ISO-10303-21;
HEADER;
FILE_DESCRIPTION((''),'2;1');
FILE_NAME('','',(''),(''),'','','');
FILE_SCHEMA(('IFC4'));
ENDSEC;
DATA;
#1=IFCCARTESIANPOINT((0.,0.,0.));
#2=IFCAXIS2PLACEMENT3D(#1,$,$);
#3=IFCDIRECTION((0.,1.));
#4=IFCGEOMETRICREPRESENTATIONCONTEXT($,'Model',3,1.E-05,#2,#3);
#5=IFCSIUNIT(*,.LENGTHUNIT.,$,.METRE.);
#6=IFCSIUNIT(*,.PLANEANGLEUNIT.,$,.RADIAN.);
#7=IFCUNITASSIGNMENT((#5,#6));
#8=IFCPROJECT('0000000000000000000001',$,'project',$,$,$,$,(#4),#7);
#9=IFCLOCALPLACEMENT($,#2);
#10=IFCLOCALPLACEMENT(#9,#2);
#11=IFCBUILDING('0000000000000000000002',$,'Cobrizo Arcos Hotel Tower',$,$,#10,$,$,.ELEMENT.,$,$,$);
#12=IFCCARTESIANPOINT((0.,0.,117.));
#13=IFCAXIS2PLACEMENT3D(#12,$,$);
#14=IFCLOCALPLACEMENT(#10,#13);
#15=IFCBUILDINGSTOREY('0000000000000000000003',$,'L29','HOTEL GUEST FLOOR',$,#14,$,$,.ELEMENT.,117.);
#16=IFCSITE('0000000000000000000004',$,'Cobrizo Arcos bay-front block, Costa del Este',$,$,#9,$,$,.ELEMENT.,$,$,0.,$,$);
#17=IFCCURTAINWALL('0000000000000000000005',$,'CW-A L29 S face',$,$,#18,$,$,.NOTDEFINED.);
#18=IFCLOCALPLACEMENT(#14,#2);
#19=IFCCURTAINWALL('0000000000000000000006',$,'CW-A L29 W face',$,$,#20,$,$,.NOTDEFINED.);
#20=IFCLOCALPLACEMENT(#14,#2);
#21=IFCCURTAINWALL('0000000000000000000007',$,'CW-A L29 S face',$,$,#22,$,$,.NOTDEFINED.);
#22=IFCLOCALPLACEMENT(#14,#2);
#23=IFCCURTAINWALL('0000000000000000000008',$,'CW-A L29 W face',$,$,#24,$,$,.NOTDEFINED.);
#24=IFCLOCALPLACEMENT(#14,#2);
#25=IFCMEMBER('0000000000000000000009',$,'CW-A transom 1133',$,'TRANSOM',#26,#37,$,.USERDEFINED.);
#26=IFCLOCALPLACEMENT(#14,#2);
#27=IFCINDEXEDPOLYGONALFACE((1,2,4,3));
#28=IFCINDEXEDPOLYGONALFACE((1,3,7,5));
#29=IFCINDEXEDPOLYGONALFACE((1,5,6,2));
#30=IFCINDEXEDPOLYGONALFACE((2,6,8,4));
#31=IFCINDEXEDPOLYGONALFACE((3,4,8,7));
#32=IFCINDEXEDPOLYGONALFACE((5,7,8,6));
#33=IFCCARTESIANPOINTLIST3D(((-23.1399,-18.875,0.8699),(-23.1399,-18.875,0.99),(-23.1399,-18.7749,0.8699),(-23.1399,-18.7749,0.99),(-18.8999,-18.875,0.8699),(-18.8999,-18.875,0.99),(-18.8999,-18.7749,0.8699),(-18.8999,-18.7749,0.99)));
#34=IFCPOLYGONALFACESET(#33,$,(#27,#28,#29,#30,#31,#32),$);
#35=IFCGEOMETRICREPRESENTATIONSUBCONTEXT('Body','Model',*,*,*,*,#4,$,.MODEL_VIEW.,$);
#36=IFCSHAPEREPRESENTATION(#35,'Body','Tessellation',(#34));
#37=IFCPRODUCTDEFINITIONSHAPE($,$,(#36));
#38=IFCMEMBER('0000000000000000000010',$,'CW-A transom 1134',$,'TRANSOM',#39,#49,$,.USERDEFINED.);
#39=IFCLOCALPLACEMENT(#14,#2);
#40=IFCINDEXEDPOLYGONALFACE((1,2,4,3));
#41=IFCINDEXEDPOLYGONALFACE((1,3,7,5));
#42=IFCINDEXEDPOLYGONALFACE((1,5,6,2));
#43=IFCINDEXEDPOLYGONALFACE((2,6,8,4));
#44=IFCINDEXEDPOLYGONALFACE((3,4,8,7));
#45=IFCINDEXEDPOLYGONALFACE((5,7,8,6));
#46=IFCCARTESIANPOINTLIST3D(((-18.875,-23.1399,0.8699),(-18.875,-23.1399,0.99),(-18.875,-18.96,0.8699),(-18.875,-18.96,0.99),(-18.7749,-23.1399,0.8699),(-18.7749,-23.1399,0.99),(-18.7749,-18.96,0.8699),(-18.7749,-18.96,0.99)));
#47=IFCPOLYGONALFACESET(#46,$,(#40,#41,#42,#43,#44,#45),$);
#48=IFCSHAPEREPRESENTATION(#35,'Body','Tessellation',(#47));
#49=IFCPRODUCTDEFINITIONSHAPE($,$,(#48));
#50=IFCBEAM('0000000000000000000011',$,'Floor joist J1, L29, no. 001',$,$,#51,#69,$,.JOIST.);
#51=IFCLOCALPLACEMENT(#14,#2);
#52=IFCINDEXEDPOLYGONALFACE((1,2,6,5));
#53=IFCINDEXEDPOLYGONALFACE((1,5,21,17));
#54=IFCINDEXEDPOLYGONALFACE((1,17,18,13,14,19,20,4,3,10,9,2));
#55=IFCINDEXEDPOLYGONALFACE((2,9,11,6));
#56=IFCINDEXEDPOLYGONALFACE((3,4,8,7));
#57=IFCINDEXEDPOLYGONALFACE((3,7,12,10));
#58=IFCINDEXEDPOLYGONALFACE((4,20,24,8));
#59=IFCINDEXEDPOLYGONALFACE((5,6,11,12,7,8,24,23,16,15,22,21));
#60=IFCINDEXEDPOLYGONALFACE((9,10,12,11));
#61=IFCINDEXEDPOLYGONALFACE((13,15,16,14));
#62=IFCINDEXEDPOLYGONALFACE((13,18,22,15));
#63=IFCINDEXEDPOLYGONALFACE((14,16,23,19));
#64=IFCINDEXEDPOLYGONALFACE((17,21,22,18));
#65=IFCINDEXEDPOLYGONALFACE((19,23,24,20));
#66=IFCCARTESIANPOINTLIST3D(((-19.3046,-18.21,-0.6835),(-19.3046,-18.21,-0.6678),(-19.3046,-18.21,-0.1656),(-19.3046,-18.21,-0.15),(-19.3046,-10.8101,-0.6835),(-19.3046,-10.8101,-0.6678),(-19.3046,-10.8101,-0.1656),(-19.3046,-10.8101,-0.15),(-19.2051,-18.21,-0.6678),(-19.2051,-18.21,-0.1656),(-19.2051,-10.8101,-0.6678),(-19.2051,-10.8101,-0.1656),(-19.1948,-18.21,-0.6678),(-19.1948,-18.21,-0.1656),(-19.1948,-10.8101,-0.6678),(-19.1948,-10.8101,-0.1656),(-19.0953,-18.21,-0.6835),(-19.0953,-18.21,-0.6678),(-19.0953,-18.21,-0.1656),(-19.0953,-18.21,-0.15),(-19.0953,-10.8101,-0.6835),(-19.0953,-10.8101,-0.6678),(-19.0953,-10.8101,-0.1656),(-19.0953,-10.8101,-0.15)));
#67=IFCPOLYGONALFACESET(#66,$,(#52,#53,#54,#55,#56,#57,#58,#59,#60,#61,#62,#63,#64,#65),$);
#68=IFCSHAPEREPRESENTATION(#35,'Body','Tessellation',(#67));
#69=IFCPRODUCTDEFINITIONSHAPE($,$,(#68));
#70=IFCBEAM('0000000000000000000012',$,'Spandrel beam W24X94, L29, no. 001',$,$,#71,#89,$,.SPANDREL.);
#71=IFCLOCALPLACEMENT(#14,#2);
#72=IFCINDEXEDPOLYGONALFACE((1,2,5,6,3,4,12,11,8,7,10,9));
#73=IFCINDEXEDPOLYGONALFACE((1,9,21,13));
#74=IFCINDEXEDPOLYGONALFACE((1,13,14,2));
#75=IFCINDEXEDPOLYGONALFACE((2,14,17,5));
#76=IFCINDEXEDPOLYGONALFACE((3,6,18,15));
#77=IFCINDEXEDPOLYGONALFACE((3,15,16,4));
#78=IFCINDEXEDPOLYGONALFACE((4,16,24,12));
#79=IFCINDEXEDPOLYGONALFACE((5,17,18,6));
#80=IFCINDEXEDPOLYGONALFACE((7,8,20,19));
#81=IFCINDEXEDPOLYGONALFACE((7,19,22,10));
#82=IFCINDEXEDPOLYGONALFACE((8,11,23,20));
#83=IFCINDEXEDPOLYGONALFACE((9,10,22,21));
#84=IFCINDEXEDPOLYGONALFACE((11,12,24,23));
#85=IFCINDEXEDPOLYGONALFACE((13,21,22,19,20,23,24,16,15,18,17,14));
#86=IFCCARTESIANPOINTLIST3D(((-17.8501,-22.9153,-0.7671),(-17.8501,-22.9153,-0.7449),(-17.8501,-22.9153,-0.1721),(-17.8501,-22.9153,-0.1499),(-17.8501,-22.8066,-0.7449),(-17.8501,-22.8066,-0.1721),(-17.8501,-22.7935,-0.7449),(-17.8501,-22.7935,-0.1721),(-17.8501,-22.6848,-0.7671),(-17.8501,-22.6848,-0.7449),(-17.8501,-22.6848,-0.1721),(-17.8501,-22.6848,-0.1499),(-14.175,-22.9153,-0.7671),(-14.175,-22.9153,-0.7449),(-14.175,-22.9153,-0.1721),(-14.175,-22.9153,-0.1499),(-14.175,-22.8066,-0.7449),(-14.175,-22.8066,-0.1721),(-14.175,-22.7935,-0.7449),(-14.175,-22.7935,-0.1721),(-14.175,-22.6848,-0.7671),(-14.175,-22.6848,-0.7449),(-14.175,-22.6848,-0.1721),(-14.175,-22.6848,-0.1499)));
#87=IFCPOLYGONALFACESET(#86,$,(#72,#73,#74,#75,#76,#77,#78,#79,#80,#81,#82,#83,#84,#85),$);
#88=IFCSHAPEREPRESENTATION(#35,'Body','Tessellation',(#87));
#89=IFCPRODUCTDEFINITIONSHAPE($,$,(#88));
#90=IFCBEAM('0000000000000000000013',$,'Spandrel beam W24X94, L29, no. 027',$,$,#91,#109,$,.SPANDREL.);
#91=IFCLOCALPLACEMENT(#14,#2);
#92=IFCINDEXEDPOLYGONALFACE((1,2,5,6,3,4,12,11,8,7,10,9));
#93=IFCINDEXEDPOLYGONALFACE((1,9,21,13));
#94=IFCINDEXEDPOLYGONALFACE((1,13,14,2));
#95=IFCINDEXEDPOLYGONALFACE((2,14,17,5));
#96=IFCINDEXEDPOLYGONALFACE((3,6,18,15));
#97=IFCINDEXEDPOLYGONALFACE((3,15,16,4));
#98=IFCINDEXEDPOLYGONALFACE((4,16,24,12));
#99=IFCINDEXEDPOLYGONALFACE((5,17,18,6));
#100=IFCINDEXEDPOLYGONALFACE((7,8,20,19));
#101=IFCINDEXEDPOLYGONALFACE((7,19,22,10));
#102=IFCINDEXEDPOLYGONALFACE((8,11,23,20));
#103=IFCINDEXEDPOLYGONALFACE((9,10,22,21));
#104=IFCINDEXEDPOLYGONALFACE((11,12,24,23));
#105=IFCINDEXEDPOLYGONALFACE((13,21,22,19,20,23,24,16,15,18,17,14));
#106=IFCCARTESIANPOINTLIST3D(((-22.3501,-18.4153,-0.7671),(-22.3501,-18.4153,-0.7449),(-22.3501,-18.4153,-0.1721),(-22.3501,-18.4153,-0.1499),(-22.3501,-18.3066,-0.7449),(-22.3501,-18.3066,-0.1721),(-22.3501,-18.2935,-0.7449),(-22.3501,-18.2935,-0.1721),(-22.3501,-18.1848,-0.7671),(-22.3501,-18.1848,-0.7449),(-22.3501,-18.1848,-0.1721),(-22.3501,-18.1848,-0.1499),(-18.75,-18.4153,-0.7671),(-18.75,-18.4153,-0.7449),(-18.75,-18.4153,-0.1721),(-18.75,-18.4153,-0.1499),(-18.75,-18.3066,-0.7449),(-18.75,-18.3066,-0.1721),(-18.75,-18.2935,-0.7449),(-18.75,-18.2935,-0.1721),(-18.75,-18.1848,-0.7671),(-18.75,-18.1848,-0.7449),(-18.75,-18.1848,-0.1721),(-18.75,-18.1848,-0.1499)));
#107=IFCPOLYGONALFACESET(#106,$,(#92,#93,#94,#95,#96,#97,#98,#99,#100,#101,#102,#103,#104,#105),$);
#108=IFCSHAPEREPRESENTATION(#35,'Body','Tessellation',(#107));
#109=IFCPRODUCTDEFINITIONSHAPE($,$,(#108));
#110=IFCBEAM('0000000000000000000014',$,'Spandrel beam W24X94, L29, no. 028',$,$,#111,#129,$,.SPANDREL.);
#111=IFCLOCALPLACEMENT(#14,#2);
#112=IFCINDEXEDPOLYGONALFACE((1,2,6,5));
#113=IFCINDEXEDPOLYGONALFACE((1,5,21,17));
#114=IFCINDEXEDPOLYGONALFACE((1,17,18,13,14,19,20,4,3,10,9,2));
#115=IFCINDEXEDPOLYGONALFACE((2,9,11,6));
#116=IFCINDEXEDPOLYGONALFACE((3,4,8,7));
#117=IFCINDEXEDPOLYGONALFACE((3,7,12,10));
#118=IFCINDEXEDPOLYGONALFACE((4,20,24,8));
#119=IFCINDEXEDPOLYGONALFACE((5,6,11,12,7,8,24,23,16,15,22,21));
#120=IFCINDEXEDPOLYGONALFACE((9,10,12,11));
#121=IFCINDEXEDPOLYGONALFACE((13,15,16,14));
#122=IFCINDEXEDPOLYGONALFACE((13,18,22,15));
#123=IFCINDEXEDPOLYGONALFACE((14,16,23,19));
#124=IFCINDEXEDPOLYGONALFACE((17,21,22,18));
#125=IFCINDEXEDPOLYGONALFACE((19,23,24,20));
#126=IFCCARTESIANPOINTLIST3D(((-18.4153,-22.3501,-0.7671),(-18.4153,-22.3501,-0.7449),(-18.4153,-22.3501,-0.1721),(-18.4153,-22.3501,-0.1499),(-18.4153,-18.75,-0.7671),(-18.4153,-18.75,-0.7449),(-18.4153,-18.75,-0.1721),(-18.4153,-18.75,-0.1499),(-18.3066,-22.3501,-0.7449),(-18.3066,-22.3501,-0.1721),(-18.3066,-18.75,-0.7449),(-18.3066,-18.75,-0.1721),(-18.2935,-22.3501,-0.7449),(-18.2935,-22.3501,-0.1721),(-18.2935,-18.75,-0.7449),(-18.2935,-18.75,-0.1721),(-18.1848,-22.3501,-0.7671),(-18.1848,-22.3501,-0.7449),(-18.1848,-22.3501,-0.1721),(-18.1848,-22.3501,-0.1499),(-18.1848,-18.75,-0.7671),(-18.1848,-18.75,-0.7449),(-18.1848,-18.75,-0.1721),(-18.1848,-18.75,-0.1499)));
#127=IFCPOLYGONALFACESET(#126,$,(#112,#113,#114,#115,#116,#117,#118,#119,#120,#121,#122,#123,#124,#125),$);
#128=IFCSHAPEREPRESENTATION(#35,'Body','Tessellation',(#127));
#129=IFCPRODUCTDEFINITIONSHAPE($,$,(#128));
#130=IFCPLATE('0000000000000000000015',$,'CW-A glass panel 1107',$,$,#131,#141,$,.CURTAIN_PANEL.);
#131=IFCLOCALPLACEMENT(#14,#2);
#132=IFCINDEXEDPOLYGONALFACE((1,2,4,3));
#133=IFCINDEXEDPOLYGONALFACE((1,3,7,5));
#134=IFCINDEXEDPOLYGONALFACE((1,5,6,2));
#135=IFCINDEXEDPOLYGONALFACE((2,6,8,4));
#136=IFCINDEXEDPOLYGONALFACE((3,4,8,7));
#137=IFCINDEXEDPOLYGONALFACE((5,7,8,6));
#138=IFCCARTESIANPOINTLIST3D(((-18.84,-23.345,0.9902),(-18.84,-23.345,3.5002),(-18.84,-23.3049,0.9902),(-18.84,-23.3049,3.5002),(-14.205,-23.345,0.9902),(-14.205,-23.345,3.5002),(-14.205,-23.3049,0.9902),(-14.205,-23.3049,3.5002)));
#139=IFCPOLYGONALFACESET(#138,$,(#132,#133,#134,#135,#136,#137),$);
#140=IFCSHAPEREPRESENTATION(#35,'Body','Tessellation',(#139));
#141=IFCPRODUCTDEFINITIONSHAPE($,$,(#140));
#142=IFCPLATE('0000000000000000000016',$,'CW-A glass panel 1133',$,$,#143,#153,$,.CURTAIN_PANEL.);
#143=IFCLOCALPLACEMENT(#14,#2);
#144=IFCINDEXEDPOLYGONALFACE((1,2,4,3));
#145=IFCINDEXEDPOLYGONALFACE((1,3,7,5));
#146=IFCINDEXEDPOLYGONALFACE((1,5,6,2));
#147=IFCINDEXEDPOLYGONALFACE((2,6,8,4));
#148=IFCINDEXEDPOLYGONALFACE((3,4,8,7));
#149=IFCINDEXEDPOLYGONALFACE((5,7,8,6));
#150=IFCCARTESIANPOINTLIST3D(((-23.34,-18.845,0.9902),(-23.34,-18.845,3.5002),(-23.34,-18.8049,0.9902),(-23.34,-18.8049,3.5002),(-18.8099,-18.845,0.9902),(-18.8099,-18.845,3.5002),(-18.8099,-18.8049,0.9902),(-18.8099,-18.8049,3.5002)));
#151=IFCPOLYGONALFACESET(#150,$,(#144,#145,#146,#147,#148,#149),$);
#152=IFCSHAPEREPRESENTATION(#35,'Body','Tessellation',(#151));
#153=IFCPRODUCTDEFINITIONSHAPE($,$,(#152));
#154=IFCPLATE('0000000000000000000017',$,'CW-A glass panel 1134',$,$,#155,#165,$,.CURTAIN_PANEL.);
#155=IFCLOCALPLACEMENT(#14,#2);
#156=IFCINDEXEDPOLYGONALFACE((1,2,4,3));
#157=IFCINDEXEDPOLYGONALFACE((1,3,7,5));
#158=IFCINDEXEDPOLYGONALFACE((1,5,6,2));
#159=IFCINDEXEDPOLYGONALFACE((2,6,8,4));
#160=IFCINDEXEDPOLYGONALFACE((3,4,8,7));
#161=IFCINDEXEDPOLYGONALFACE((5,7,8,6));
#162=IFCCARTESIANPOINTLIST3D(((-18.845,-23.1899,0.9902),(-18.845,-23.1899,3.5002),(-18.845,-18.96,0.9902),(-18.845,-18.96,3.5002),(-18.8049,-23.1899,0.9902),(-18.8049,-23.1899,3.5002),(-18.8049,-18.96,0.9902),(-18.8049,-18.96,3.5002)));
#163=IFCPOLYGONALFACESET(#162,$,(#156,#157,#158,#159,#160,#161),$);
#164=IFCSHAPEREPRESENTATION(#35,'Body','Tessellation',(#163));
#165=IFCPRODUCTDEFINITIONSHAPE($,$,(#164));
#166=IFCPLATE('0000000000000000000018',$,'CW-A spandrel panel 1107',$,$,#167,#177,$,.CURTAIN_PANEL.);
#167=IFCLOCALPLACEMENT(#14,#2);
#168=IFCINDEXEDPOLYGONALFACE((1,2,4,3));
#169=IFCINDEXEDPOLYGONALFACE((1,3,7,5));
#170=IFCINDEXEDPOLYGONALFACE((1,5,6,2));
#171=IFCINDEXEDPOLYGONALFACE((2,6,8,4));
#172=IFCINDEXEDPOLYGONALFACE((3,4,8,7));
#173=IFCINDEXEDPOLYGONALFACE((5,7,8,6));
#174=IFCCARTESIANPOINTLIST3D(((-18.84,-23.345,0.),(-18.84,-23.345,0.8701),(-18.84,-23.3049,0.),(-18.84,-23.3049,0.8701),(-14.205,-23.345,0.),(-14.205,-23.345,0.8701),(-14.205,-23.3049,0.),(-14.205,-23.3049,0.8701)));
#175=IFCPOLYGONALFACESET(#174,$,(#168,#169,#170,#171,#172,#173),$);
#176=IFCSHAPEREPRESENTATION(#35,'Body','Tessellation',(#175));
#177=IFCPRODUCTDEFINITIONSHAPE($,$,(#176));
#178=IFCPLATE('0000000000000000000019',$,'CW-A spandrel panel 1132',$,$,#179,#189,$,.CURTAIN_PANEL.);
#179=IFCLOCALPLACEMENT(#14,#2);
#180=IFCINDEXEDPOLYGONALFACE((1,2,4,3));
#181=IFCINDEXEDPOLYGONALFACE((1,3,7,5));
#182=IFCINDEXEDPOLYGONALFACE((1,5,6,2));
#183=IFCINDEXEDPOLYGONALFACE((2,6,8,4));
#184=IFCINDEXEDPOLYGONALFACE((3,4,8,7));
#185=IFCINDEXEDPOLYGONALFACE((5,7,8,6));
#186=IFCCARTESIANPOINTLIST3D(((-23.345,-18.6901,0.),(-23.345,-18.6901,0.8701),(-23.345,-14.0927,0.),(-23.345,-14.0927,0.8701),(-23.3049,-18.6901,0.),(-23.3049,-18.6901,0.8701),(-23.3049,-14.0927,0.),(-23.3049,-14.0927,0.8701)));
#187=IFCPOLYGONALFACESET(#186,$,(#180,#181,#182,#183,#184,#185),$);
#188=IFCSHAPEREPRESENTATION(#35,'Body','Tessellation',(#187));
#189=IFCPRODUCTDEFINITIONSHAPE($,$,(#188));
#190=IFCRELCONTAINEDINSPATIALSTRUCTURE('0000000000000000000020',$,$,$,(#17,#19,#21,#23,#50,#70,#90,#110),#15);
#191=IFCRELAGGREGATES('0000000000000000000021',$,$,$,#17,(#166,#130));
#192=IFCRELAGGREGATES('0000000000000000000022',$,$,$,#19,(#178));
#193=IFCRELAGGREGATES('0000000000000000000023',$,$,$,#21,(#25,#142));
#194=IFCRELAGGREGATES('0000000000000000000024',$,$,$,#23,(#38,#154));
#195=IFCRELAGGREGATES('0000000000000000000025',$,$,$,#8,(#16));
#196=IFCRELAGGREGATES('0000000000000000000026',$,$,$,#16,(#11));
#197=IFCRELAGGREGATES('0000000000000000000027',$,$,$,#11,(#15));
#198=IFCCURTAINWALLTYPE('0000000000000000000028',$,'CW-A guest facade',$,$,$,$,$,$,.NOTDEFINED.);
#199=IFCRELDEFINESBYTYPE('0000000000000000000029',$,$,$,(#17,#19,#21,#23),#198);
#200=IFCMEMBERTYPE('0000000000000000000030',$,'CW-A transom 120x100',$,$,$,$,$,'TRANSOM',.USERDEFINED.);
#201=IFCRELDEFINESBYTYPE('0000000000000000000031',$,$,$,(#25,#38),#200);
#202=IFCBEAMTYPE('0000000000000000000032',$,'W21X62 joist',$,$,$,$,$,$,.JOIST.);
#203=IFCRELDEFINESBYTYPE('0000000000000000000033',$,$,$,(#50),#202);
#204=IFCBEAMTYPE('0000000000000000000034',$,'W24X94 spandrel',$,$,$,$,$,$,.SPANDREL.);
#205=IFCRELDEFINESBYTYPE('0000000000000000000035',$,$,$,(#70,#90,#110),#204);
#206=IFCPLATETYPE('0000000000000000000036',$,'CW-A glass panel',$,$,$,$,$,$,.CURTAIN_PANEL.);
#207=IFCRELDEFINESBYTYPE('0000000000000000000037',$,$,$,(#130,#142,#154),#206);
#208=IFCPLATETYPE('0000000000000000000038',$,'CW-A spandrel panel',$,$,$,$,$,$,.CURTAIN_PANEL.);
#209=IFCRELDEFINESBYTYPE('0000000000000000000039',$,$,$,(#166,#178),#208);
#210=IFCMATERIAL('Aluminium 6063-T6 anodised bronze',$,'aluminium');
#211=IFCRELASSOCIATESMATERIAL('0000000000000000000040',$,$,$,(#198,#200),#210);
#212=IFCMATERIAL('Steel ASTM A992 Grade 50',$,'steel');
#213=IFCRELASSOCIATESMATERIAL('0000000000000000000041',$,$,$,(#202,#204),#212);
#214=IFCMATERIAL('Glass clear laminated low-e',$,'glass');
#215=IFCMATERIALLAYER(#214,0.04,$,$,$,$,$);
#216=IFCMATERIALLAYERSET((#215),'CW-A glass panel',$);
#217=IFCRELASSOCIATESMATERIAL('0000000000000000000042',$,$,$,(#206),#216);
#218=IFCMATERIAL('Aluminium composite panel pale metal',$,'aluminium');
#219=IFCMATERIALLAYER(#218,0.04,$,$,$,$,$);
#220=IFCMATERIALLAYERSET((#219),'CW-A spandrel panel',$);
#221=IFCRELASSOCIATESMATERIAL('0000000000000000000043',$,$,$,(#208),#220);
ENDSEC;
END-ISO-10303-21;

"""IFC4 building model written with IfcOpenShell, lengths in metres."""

from ifc_helpers import new_model, si_unit, direction, frame, origin, origin_2d, place, context, subcontext, project, spatial, rectangle, i_section, extrude, material, layer, layer_set, material_profile, profile_set, type_object, element, aggregate, save


model = new_model("IFC4")

# Units and contexts
model_context = context("Model", 3, precision=1e-05, world=origin(), true_north=direction((0.0, 1.0)))
body_context = subcontext(model_context, "Body", "Model", "MODEL_VIEW")
ifc_project = project(units=[si_unit("LENGTHUNIT", "METRE"), si_unit("PLANEANGLEUNIT", "RADIAN")], contexts=[model_context])

# Site, building, storey
site_placement = place(None, origin())
site = spatial("IfcSite", under=ifc_project, at=site_placement, Name="Cobrizo Arcos bay-front block, Costa del Este", CompositionType="ELEMENT", RefElevation=0.0)
building_placement = place(site_placement, origin())
building = spatial("IfcBuilding", under=site, at=building_placement, Name="Cobrizo Arcos Hotel Tower", CompositionType="ELEMENT")
storey_placement = place(building_placement, frame((0.0, 0.0, 117.0)))
storey = spatial("IfcBuildingStorey", under=building, at=storey_placement, Name="L29", Description="HOTEL GUEST FLOOR", CompositionType="ELEMENT", Elevation=117.0)

# Curtain walls
ifc_material_1 = material(Name="Aluminium 6063-T6 anodised bronze", Category="aluminium")
curtain_wall_type = type_object("IfcCurtainWallType", Name="CW-A guest facade", PredefinedType="NOTDEFINED", material=ifc_material_1)
curtain_wall_1_placement = place(storey_placement, origin())
curtain_wall_1 = element("IfcCurtainWall", 1, at=curtain_wall_1_placement, inside=storey, type_object=curtain_wall_type, Name="CW-A L29 S face", PredefinedType="NOTDEFINED")
curtain_wall_2_placement = place(storey_placement, origin())
curtain_wall_2 = element("IfcCurtainWall", 2, at=curtain_wall_2_placement, inside=storey, type_object=curtain_wall_type, Name="CW-A L29 W face", PredefinedType="NOTDEFINED")

# Curtain walls
curtain_wall_3_placement = place(storey_placement, origin())
curtain_wall_3 = element("IfcCurtainWall", 3, at=curtain_wall_3_placement, inside=storey, type_object=curtain_wall_type, Name="CW-A L29 S face", PredefinedType="NOTDEFINED")
curtain_wall_4_placement = place(storey_placement, origin())
curtain_wall_4 = element("IfcCurtainWall", 4, at=curtain_wall_4_placement, inside=storey, type_object=curtain_wall_type, Name="CW-A L29 W face", PredefinedType="NOTDEFINED")

# Members
ifc_material_profile_1 = material_profile(ifc_material_1, rectangle(XDim=0.1001, YDim=0.1201, at=origin_2d()), Name="CW-A transom 120x100")
ifc_profile_set_1 = profile_set([ifc_material_profile_1], Name="Aluminium 6063-T6 anodised bronze")
member_type_1 = type_object("IfcMemberType", Name="CW-A transom 120x100", ElementType="TRANSOM", PredefinedType="USERDEFINED", material=ifc_profile_set_1)
member_1_placement = place(storey_placement, frame((-23.1399, -18.825, 0.9299), z_axis=(1.0, 0.0, 0.0), x_axis=(0.0, 1.0, 0.0)))
member_1 = element("IfcMember", 5, at=member_1_placement, type_object=member_type_1, Name="CW-A transom 1133", ObjectType="TRANSOM", PredefinedType="USERDEFINED", context=body_context, shape_type="SweptSolid", body=[
    extrude(rectangle(XDim=0.1001, YDim=0.1201, at=origin_2d()), origin(), (0.0, 0.0, 1.0), 4.24),
])
member_2_placement = place(storey_placement, frame((-18.825, -18.96, 0.9299), z_axis=(0.0, -1.0, 0.0), x_axis=(1.0, 0.0, 0.0)))
member_2 = element("IfcMember", 6, at=member_2_placement, type_object=member_type_1, Name="CW-A transom 1134", ObjectType="TRANSOM", PredefinedType="USERDEFINED", context=body_context, shape_type="SweptSolid", body=[
    extrude(rectangle(XDim=0.1001, YDim=0.1201, at=origin_2d()), origin(), (0.0, 0.0, 1.0), 4.1799),
])

# Beams
ifc_material_2 = material(Name="Steel ASTM A992 Grade 50", Category="steel")
ifc_material_profile_2 = material_profile(ifc_material_2, i_section(OverallWidth=0.2092, OverallDepth=0.5334, WebThickness=0.0103, FlangeThickness=0.0156, at=origin_2d()), Name="W21X62")
ifc_profile_set_2 = profile_set([ifc_material_profile_2], Name="Steel ASTM A992 Grade 50")
beam_type_1 = type_object("IfcBeamType", Name="W21X62 joist", PredefinedType="JOIST", material=ifc_profile_set_2)
beam_1_placement = place(storey_placement, frame((-19.2, -18.21, -0.4167), z_axis=(0.0, 1.0, 0.0), x_axis=(-1.0, 0.0, 0.0)))
element("IfcBeam", 7, at=beam_1_placement, inside=storey, type_object=beam_type_1, Name="Floor joist J1, L29, no. 001", PredefinedType="JOIST", context=body_context, shape_type="SweptSolid", body=[
    extrude(i_section(OverallWidth=0.2092, OverallDepth=0.5334, WebThickness=0.0103, FlangeThickness=0.0156, at=origin_2d()), origin(), (0.0, 0.0, 1.0), 7.3999),
])
ifc_material_profile_3 = material_profile(ifc_material_2, i_section(OverallWidth=0.2305, OverallDepth=0.6172, WebThickness=0.0132, FlangeThickness=0.0222, at=origin_2d()), Name="W24X94")
ifc_profile_set_3 = profile_set([ifc_material_profile_3], Name="Steel ASTM A992 Grade 50")
beam_type_2 = type_object("IfcBeamType", Name="W24X94 spandrel", PredefinedType="SPANDREL", material=ifc_profile_set_3)
beam_2_placement = place(storey_placement, frame((-17.8501, -22.8, -0.4585), z_axis=(1.0, 0.0, 0.0), x_axis=(0.0, 1.0, 0.0)))
element("IfcBeam", 8, at=beam_2_placement, inside=storey, type_object=beam_type_2, Name="Spandrel beam W24X94, L29, no. 001", PredefinedType="SPANDREL", context=body_context, shape_type="SweptSolid", body=[
    extrude(i_section(OverallWidth=0.2305, OverallDepth=0.6172, WebThickness=0.0132, FlangeThickness=0.0222, at=origin_2d()), origin(), (0.0, 0.0, 1.0), 3.675),
])
for number, where, z_axis, x_axis, name in (
    (9, (-22.3501, -18.3, -0.4585), (1.0, 0.0, 0.0), (0.0, 1.0, 0.0), "Spandrel beam W24X94, L29, no. 027"),
    (10, (-18.3, -18.75, -0.4585), (0.0, -1.0, 0.0), (1.0, 0.0, 0.0), "Spandrel beam W24X94, L29, no. 028"),
):
    element("IfcBeam", number, at=place(storey_placement, frame(where, z_axis=z_axis, x_axis=x_axis)), inside=storey, type_object=beam_type_2, Name=name, PredefinedType="SPANDREL", context=body_context, shape_type="SweptSolid", body=[
        extrude(i_section(OverallWidth=0.2305, OverallDepth=0.6172, WebThickness=0.0132, FlangeThickness=0.0222, at=origin_2d()), origin(), (0.0, 0.0, 1.0), 3.6001),
    ])

# Plates
ifc_material_3 = material(Name="Glass clear laminated low-e", Category="glass")
ifc_layer_1 = layer(ifc_material_3, 0.04)
ifc_layer_set_1 = layer_set([ifc_layer_1], Name="CW-A glass panel")
plate_type_1 = type_object("IfcPlateType", Name="CW-A glass panel", PredefinedType="CURTAIN_PANEL", material=ifc_layer_set_1)
plate_1_placement = place(storey_placement, frame((-16.5225, -23.325, 0.9902), z_axis=(0.0, 0.0, 1.0), x_axis=(1.0, 0.0, 0.0)))
plate_1 = element("IfcPlate", 11, at=plate_1_placement, type_object=plate_type_1, Name="CW-A glass panel 1107", PredefinedType="CURTAIN_PANEL", context=body_context, shape_type="SweptSolid", body=[
    extrude(rectangle(XDim=4.635, YDim=0.04, at=origin_2d()), origin(), (0.0, 0.0, 1.0), 2.51),
])
plate_2_placement = place(storey_placement, frame((-21.075, -18.825, 0.9902), z_axis=(0.0, 0.0, 1.0), x_axis=(1.0, 0.0, 0.0)))
plate_2 = element("IfcPlate", 12, at=plate_2_placement, type_object=plate_type_1, Name="CW-A glass panel 1133", PredefinedType="CURTAIN_PANEL", context=body_context, shape_type="SweptSolid", body=[
    extrude(rectangle(XDim=4.53, YDim=0.04, at=origin_2d()), origin(), (0.0, 0.0, 1.0), 2.51),
])
plate_3_placement = place(storey_placement, frame((-18.825, -21.075, 0.9902), z_axis=(0.0, 0.0, 1.0), x_axis=(0.0, -1.0, 0.0)))
plate_3 = element("IfcPlate", 13, at=plate_3_placement, type_object=plate_type_1, Name="CW-A glass panel 1134", PredefinedType="CURTAIN_PANEL", context=body_context, shape_type="SweptSolid", body=[
    extrude(rectangle(XDim=4.23, YDim=0.04, at=origin_2d()), origin(), (0.0, 0.0, 1.0), 2.51),
])
ifc_material_4 = material(Name="Aluminium composite panel pale metal", Category="aluminium")
ifc_layer_2 = layer(ifc_material_4, 0.04)
ifc_layer_set_2 = layer_set([ifc_layer_2], Name="CW-A spandrel panel")
plate_type_2 = type_object("IfcPlateType", Name="CW-A spandrel panel", PredefinedType="CURTAIN_PANEL", material=ifc_layer_set_2)
plate_4_placement = place(storey_placement, frame((-16.5225, -23.325, 0.0), z_axis=(0.0, 0.0, 1.0), x_axis=(1.0, 0.0, 0.0)))
plate_4 = element("IfcPlate", 14, at=plate_4_placement, type_object=plate_type_2, Name="CW-A spandrel panel 1107", PredefinedType="CURTAIN_PANEL", context=body_context, shape_type="SweptSolid", body=[
    extrude(rectangle(XDim=4.635, YDim=0.04, at=origin_2d()), origin(), (0.0, 0.0, 1.0), 0.8701),
])
aggregate(curtain_wall_1, [plate_4, plate_1])
plate_5_placement = place(storey_placement, frame((-23.325, -16.3914, 0.0), z_axis=(0.0, 0.0, 1.0), x_axis=(0.0, -1.0, 0.0)))
plate_5 = element("IfcPlate", 15, at=plate_5_placement, type_object=plate_type_2, Name="CW-A spandrel panel 1132", PredefinedType="CURTAIN_PANEL", context=body_context, shape_type="SweptSolid", body=[
    extrude(rectangle(XDim=4.5974, YDim=0.04, at=origin_2d()), origin(), (0.0, 0.0, 1.0), 0.8701),
])
aggregate(curtain_wall_2, [plate_5])
aggregate(curtain_wall_3, [member_1, plate_2])
aggregate(curtain_wall_4, [member_2, plate_3])

save(model, "model.ifc")
